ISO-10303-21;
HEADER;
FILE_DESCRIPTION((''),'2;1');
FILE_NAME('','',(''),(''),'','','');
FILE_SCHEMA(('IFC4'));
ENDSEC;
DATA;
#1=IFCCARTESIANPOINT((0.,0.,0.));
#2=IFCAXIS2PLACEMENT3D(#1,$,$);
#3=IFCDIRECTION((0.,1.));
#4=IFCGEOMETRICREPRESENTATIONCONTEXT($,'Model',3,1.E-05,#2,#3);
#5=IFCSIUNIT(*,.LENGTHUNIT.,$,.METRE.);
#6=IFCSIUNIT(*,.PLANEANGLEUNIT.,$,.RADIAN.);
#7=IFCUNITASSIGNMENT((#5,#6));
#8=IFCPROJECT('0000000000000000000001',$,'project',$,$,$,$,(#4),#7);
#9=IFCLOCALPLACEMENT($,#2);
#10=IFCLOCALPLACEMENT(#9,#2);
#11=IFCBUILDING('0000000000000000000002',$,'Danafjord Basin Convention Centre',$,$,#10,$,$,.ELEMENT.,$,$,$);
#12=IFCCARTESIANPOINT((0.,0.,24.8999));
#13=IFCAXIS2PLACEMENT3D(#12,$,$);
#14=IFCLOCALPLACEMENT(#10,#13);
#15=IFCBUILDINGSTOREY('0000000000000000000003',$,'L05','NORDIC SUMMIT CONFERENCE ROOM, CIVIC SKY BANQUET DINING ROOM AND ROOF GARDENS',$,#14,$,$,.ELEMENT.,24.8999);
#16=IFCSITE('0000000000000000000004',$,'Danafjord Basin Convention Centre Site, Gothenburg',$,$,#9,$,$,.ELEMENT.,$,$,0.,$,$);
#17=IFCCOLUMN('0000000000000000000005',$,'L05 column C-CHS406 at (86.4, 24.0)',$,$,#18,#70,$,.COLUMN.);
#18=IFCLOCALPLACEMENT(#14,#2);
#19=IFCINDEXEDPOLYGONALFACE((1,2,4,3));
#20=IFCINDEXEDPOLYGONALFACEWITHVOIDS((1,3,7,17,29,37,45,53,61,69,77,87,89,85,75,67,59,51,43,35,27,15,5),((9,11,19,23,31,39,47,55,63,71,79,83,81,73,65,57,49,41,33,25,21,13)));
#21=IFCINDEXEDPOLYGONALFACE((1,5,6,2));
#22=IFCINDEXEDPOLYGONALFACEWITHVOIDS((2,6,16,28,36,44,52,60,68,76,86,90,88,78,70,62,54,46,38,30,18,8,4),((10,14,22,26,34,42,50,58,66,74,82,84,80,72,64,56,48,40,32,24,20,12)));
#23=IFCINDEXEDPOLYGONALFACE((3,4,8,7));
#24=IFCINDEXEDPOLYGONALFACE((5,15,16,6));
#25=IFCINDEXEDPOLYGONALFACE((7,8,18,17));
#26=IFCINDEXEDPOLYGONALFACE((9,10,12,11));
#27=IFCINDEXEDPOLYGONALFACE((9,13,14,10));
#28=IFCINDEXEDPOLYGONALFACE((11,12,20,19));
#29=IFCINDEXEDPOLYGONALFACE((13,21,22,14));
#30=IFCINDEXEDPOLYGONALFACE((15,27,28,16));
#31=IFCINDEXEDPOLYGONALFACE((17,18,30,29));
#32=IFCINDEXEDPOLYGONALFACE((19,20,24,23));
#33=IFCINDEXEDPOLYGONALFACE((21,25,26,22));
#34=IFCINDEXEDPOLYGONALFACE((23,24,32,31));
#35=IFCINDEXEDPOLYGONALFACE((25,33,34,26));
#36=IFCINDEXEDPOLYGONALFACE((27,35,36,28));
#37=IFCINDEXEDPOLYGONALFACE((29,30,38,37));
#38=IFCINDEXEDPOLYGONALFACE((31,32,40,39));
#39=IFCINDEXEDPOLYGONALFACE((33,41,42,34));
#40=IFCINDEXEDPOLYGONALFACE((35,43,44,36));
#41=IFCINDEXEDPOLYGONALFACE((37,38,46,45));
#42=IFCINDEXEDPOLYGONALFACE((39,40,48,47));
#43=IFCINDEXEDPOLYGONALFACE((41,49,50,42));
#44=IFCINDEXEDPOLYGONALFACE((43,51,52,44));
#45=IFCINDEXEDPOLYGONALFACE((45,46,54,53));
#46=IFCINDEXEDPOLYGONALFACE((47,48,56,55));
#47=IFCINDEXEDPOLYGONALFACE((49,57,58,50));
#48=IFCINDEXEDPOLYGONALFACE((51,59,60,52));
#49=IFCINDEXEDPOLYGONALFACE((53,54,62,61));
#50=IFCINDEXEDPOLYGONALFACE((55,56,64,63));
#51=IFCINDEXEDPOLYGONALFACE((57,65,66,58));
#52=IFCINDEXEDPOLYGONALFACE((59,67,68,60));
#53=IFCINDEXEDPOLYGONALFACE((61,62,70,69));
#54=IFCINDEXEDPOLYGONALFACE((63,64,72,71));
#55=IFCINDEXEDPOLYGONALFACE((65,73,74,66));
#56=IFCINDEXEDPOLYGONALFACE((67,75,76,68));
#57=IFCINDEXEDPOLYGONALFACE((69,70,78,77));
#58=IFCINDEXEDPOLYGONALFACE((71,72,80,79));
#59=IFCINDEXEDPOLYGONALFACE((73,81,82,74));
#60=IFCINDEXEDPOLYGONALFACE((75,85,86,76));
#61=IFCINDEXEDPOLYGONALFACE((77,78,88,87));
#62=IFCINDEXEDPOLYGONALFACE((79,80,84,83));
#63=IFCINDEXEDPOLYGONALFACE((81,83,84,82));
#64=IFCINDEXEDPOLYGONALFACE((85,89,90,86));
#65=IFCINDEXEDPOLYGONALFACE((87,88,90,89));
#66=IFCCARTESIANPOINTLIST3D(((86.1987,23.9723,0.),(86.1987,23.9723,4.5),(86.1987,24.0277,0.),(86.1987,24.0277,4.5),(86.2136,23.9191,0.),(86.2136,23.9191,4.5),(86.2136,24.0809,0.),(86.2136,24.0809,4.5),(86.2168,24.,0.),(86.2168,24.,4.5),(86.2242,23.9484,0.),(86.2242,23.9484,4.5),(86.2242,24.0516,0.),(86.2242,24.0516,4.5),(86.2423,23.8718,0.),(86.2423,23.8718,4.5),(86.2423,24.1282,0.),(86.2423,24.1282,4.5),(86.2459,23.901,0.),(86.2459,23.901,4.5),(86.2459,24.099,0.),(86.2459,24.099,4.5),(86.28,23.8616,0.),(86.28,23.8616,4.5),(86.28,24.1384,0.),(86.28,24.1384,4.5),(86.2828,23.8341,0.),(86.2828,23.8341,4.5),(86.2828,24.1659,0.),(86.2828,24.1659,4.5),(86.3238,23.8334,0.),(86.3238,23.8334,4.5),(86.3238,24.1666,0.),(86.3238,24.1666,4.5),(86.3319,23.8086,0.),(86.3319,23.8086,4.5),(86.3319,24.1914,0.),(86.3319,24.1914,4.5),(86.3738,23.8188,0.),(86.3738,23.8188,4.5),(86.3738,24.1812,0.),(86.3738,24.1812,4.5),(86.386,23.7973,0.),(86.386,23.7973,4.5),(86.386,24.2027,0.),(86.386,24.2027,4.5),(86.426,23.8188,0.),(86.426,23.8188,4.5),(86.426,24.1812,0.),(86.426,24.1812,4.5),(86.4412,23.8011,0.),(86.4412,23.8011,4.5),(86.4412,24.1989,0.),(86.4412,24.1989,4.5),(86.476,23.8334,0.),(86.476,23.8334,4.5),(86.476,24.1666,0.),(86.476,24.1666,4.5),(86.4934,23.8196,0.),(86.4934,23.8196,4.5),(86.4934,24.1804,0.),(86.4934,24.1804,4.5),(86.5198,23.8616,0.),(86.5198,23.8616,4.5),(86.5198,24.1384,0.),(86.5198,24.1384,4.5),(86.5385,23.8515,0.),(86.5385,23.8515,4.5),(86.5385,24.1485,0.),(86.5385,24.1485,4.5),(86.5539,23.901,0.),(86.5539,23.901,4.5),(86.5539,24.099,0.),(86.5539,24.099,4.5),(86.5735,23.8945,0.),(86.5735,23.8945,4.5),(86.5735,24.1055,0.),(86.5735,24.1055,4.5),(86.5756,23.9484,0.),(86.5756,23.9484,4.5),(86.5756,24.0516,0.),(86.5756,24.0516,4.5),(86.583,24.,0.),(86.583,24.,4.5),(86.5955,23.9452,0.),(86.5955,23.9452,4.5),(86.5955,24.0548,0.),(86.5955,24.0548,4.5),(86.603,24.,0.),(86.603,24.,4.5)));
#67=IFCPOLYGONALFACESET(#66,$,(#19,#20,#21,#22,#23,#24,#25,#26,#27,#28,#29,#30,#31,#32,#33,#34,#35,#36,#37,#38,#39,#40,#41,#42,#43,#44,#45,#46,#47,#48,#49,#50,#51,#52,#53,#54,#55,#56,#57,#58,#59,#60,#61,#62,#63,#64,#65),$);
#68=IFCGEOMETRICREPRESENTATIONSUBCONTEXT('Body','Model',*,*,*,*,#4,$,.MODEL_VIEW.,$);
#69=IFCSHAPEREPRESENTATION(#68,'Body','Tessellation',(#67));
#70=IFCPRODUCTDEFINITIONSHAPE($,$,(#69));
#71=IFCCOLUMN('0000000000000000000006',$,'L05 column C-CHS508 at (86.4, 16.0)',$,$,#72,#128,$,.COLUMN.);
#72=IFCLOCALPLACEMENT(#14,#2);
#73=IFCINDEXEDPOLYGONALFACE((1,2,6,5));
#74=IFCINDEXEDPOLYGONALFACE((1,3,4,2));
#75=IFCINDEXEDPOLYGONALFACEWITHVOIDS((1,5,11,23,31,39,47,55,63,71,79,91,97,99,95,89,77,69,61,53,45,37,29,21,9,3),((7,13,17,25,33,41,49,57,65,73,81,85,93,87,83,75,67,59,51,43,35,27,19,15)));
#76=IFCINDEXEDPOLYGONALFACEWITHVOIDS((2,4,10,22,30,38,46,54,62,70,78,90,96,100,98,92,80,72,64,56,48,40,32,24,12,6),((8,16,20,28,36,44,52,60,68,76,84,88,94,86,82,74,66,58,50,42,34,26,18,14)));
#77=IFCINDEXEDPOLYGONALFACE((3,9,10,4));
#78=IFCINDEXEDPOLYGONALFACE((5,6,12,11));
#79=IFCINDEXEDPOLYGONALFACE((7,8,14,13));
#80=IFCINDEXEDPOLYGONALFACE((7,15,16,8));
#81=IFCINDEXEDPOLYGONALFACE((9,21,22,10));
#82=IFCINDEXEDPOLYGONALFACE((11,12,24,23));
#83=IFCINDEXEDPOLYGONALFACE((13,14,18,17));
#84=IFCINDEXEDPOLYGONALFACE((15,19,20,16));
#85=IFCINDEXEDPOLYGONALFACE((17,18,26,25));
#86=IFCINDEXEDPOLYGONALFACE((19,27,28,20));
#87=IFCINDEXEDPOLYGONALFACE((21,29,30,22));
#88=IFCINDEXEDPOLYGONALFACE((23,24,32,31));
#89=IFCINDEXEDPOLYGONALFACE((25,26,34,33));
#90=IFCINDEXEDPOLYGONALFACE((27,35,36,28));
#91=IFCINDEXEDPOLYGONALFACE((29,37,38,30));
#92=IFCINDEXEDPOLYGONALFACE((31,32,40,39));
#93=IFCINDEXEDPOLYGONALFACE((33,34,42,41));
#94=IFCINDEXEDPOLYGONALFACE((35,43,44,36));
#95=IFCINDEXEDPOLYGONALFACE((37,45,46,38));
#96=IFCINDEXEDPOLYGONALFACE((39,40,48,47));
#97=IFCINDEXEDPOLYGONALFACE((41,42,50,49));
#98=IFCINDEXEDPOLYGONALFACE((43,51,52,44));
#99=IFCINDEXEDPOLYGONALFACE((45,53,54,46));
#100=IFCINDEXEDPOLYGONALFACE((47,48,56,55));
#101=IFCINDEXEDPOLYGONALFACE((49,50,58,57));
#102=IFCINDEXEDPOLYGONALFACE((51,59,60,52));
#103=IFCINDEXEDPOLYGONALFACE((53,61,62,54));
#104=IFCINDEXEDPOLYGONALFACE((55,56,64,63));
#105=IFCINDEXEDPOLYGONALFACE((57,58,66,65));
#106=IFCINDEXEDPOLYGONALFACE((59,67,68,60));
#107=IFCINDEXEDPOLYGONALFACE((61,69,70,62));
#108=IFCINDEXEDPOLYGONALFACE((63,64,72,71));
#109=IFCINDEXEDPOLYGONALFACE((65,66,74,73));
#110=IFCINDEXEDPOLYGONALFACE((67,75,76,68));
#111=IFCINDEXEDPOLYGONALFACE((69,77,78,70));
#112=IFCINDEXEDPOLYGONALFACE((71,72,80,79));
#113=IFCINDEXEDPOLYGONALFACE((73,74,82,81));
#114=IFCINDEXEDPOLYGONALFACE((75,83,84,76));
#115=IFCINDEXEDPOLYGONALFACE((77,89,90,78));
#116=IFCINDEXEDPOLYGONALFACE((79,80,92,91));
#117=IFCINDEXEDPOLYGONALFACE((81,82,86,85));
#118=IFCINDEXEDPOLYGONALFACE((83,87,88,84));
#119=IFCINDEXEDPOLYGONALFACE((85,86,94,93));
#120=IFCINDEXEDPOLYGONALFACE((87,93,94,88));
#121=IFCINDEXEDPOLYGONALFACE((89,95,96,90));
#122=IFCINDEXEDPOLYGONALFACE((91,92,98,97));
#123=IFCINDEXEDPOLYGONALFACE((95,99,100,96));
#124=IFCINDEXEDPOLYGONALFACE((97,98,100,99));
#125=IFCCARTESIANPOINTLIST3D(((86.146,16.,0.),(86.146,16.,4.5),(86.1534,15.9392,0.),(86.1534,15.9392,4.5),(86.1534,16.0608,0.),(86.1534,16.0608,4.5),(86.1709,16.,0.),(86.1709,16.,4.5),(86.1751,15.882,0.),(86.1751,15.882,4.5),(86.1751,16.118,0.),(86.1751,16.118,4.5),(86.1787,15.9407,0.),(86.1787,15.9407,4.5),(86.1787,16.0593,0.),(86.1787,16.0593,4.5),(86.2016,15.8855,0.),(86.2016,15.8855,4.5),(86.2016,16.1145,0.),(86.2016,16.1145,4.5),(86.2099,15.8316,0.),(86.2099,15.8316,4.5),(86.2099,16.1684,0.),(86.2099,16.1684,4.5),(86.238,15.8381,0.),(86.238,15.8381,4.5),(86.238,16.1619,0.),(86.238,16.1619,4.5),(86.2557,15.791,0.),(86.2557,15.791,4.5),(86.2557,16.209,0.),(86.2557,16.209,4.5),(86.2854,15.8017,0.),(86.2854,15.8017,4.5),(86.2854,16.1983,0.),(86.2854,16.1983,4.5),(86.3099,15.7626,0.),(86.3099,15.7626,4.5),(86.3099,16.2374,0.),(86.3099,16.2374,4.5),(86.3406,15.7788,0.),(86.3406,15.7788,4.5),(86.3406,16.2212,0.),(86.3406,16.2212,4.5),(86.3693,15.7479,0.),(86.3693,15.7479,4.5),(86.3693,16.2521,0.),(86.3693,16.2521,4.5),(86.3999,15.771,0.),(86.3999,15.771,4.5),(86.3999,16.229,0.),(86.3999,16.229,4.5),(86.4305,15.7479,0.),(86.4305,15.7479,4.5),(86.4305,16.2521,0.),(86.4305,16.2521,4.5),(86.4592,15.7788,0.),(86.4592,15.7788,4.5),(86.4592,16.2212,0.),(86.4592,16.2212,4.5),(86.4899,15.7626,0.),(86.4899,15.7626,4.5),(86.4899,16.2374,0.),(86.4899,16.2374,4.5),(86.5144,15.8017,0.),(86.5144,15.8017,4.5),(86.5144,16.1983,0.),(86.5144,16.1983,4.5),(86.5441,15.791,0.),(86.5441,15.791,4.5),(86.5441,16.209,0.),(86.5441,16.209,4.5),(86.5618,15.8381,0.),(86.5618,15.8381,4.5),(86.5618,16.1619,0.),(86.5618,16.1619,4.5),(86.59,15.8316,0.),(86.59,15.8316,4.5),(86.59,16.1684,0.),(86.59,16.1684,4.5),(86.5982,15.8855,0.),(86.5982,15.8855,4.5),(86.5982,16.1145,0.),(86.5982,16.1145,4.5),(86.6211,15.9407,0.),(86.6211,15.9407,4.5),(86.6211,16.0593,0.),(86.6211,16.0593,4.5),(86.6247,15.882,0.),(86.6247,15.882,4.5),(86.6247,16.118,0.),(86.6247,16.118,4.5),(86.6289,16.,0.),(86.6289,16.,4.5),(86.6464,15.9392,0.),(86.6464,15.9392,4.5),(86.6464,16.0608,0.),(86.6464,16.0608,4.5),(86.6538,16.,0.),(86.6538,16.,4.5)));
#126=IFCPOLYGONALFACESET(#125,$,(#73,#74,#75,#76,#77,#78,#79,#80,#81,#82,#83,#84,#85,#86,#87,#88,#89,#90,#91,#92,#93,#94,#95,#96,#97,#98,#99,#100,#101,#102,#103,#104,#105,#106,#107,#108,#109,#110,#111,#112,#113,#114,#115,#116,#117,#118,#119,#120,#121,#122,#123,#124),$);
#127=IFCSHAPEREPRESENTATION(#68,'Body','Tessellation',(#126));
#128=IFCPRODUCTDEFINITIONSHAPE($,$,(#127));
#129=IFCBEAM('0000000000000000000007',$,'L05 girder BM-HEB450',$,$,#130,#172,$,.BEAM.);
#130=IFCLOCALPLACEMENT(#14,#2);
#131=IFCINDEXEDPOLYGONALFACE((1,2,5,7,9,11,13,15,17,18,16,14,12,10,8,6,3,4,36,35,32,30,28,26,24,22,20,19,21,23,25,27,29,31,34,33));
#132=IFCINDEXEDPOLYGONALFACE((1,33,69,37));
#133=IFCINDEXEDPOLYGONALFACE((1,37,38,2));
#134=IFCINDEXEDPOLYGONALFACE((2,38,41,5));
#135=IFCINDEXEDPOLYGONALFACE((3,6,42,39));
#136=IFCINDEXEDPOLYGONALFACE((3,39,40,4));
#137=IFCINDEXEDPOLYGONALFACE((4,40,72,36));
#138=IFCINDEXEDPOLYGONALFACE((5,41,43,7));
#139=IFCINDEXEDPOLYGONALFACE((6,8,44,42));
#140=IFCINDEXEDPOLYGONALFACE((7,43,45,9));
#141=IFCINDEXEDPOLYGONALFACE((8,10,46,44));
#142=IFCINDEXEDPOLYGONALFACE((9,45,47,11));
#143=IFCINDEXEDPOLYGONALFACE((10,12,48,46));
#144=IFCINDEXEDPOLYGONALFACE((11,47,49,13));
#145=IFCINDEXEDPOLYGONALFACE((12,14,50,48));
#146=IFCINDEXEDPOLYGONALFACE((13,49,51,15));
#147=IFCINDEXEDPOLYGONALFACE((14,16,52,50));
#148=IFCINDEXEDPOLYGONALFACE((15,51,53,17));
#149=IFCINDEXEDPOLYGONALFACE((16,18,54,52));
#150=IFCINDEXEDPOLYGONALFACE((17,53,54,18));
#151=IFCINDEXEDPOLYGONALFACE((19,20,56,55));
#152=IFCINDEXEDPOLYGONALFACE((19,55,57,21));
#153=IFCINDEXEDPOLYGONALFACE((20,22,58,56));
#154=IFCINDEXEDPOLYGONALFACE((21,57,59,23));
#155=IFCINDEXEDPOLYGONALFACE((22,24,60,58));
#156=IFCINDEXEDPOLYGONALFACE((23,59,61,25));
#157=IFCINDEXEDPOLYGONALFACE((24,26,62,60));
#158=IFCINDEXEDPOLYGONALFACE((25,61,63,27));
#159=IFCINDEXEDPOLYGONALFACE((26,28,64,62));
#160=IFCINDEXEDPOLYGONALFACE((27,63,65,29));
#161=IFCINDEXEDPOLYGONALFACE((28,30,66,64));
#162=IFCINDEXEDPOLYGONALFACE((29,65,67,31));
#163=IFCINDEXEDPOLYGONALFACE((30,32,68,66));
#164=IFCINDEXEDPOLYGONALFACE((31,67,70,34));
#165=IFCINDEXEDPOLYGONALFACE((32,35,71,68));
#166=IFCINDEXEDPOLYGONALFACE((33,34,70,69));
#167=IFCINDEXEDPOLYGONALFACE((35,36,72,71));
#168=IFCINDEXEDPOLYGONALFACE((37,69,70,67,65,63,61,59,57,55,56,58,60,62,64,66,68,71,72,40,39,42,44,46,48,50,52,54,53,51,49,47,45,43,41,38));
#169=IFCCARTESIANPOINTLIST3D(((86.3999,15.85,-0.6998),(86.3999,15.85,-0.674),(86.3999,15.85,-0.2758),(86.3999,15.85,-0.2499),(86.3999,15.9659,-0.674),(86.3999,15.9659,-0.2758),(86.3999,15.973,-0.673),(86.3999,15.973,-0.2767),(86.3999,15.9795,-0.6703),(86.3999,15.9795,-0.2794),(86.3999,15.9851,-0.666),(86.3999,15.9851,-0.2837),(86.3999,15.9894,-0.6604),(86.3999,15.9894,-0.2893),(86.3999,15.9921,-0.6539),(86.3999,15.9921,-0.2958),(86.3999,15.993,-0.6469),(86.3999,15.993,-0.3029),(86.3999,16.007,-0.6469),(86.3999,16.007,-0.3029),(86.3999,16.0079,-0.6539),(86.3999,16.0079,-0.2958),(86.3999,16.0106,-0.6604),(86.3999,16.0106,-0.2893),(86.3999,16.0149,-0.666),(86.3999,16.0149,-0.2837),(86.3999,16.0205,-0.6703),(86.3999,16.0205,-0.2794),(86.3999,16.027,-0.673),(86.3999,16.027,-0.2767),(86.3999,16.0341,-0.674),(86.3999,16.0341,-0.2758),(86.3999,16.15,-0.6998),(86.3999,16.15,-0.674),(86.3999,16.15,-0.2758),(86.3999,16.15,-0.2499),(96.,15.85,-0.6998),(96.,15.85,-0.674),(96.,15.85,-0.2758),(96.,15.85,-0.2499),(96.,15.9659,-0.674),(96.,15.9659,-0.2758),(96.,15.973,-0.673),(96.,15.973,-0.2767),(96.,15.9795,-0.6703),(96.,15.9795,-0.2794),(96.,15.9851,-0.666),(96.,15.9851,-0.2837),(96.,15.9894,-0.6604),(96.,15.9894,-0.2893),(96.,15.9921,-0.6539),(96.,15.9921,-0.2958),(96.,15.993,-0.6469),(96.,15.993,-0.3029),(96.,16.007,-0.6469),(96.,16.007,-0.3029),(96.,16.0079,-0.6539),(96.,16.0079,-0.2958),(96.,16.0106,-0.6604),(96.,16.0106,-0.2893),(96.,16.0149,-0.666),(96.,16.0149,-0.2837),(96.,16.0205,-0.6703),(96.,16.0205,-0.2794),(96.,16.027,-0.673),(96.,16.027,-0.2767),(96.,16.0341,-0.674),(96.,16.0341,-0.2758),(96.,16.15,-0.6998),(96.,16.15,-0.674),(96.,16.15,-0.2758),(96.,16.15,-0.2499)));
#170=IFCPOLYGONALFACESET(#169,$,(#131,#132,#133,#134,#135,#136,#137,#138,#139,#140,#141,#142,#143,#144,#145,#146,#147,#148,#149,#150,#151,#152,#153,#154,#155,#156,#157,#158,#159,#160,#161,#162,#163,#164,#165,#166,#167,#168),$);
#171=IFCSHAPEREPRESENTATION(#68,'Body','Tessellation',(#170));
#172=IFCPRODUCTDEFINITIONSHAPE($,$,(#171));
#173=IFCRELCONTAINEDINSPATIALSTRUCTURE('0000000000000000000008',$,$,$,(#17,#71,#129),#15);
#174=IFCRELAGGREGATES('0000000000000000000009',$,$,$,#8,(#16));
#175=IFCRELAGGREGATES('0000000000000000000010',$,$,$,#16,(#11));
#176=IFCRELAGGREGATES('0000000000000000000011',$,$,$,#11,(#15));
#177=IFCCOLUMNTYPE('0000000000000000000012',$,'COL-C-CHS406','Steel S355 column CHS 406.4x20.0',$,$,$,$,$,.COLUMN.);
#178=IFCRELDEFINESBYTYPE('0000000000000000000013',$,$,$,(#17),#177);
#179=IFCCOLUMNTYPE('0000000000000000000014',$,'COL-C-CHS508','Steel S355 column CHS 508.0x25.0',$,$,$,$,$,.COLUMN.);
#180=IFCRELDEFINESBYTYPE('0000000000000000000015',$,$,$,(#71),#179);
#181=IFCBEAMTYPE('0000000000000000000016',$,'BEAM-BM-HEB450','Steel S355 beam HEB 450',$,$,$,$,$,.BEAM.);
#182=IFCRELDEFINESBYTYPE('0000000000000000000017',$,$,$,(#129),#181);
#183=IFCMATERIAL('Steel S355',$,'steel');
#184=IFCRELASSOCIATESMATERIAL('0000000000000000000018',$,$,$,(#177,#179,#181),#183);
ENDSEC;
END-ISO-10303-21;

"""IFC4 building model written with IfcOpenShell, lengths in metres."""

from ifc_helpers import new_model, si_unit, direction, frame, origin, origin_2d, place, context, subcontext, project, spatial, hollow_circle, i_section, extrude, material, material_profile, profile_set, type_object, element, save


model = new_model("IFC4")

# Units and contexts
model_context = context("Model", 3, precision=1e-05, world=origin(), true_north=direction((0.0, 1.0)))
body_context = subcontext(model_context, "Body", "Model", "MODEL_VIEW")
ifc_project = project(units=[si_unit("LENGTHUNIT", "METRE"), si_unit("PLANEANGLEUNIT", "RADIAN")], contexts=[model_context])

# Site, building, storey
site_placement = place(None, origin())
site = spatial("IfcSite", under=ifc_project, at=site_placement, Name="Danafjord Basin Convention Centre Site, Gothenburg", CompositionType="ELEMENT", RefElevation=0.0)
building_placement = place(site_placement, origin())
building = spatial("IfcBuilding", under=site, at=building_placement, Name="Danafjord Basin Convention Centre", CompositionType="ELEMENT")
storey_placement = place(building_placement, frame((0.0, 0.0, 24.8999)))
storey = spatial("IfcBuildingStorey", under=building, at=storey_placement, Name="L05", Description="NORDIC SUMMIT CONFERENCE ROOM, CIVIC SKY BANQUET DINING ROOM AND ROOF GARDENS", CompositionType="ELEMENT", Elevation=24.8999)

# Columns
ifc_material_1 = material(Name="Steel S355", Category="steel")
ifc_material_profile_1 = material_profile(ifc_material_1, hollow_circle(Radius=0.2031, WallThickness=0.02, at=origin_2d()), Name="CHS 406.4x20.0")
ifc_profile_set_1 = profile_set([ifc_material_profile_1], Name="Steel S355")
column_type_1 = type_object("IfcColumnType", Name="COL-C-CHS406", Description="Steel S355 column CHS 406.4x20.0", PredefinedType="COLUMN", material=ifc_profile_set_1)
column_1_placement = place(storey_placement, frame((86.3999, 24.0, 0.0), z_axis=(0.0, 0.0, 1.0), x_axis=(1.0, 0.0, 0.0)))
element("IfcColumn", 1, at=column_1_placement, inside=storey, type_object=column_type_1, Name="L05 column C-CHS406 at (86.4, 24.0)", PredefinedType="COLUMN", context=body_context, shape_type="SweptSolid", body=[
    extrude(hollow_circle(Radius=0.2031, WallThickness=0.02, at=origin_2d()), origin(), (0.0, 0.0, 1.0), 4.5),
])
ifc_material_profile_2 = material_profile(ifc_material_1, hollow_circle(Radius=0.2539, WallThickness=0.0249, at=origin_2d()), Name="CHS 508.0x25.0")
ifc_profile_set_2 = profile_set([ifc_material_profile_2], Name="Steel S355")
column_type_2 = type_object("IfcColumnType", Name="COL-C-CHS508", Description="Steel S355 column CHS 508.0x25.0", PredefinedType="COLUMN", material=ifc_profile_set_2)
column_2_placement = place(storey_placement, frame((86.3999, 16.0, 0.0), z_axis=(0.0, 0.0, 1.0), x_axis=(1.0, 0.0, 0.0)))
element("IfcColumn", 2, at=column_2_placement, inside=storey, type_object=column_type_2, Name="L05 column C-CHS508 at (86.4, 16.0)", PredefinedType="COLUMN", context=body_context, shape_type="SweptSolid", body=[
    extrude(hollow_circle(Radius=0.2539, WallThickness=0.0249, at=origin_2d()), origin(), (0.0, 0.0, 1.0), 4.5),
])

# Beam
ifc_material_profile_3 = material_profile(ifc_material_1, i_section(OverallWidth=0.3, OverallDepth=0.45, WebThickness=0.0139, FlangeThickness=0.0259, FilletRadius=0.0271, at=origin_2d()), Name="HEB 450")
ifc_profile_set_3 = profile_set([ifc_material_profile_3], Name="Steel S355")
beam_type_1 = type_object("IfcBeamType", Name="BEAM-BM-HEB450", Description="Steel S355 beam HEB 450", PredefinedType="BEAM", material=ifc_profile_set_3)
beam_1_placement = place(storey_placement, frame((86.3999, 16.0, -0.4749), z_axis=(1.0, 0.0, 0.0), x_axis=(0.0, 1.0, 0.0)))
element("IfcBeam", 3, at=beam_1_placement, inside=storey, type_object=beam_type_1, Name="L05 girder BM-HEB450", PredefinedType="BEAM", context=body_context, shape_type="SweptSolid", body=[
    extrude(i_section(OverallWidth=0.3, OverallDepth=0.45, WebThickness=0.0139, FlangeThickness=0.0259, FilletRadius=0.0271, at=origin_2d()), origin(), (0.0, 0.0, 1.0), 9.6001),
])

save(model, "model.ifc")
